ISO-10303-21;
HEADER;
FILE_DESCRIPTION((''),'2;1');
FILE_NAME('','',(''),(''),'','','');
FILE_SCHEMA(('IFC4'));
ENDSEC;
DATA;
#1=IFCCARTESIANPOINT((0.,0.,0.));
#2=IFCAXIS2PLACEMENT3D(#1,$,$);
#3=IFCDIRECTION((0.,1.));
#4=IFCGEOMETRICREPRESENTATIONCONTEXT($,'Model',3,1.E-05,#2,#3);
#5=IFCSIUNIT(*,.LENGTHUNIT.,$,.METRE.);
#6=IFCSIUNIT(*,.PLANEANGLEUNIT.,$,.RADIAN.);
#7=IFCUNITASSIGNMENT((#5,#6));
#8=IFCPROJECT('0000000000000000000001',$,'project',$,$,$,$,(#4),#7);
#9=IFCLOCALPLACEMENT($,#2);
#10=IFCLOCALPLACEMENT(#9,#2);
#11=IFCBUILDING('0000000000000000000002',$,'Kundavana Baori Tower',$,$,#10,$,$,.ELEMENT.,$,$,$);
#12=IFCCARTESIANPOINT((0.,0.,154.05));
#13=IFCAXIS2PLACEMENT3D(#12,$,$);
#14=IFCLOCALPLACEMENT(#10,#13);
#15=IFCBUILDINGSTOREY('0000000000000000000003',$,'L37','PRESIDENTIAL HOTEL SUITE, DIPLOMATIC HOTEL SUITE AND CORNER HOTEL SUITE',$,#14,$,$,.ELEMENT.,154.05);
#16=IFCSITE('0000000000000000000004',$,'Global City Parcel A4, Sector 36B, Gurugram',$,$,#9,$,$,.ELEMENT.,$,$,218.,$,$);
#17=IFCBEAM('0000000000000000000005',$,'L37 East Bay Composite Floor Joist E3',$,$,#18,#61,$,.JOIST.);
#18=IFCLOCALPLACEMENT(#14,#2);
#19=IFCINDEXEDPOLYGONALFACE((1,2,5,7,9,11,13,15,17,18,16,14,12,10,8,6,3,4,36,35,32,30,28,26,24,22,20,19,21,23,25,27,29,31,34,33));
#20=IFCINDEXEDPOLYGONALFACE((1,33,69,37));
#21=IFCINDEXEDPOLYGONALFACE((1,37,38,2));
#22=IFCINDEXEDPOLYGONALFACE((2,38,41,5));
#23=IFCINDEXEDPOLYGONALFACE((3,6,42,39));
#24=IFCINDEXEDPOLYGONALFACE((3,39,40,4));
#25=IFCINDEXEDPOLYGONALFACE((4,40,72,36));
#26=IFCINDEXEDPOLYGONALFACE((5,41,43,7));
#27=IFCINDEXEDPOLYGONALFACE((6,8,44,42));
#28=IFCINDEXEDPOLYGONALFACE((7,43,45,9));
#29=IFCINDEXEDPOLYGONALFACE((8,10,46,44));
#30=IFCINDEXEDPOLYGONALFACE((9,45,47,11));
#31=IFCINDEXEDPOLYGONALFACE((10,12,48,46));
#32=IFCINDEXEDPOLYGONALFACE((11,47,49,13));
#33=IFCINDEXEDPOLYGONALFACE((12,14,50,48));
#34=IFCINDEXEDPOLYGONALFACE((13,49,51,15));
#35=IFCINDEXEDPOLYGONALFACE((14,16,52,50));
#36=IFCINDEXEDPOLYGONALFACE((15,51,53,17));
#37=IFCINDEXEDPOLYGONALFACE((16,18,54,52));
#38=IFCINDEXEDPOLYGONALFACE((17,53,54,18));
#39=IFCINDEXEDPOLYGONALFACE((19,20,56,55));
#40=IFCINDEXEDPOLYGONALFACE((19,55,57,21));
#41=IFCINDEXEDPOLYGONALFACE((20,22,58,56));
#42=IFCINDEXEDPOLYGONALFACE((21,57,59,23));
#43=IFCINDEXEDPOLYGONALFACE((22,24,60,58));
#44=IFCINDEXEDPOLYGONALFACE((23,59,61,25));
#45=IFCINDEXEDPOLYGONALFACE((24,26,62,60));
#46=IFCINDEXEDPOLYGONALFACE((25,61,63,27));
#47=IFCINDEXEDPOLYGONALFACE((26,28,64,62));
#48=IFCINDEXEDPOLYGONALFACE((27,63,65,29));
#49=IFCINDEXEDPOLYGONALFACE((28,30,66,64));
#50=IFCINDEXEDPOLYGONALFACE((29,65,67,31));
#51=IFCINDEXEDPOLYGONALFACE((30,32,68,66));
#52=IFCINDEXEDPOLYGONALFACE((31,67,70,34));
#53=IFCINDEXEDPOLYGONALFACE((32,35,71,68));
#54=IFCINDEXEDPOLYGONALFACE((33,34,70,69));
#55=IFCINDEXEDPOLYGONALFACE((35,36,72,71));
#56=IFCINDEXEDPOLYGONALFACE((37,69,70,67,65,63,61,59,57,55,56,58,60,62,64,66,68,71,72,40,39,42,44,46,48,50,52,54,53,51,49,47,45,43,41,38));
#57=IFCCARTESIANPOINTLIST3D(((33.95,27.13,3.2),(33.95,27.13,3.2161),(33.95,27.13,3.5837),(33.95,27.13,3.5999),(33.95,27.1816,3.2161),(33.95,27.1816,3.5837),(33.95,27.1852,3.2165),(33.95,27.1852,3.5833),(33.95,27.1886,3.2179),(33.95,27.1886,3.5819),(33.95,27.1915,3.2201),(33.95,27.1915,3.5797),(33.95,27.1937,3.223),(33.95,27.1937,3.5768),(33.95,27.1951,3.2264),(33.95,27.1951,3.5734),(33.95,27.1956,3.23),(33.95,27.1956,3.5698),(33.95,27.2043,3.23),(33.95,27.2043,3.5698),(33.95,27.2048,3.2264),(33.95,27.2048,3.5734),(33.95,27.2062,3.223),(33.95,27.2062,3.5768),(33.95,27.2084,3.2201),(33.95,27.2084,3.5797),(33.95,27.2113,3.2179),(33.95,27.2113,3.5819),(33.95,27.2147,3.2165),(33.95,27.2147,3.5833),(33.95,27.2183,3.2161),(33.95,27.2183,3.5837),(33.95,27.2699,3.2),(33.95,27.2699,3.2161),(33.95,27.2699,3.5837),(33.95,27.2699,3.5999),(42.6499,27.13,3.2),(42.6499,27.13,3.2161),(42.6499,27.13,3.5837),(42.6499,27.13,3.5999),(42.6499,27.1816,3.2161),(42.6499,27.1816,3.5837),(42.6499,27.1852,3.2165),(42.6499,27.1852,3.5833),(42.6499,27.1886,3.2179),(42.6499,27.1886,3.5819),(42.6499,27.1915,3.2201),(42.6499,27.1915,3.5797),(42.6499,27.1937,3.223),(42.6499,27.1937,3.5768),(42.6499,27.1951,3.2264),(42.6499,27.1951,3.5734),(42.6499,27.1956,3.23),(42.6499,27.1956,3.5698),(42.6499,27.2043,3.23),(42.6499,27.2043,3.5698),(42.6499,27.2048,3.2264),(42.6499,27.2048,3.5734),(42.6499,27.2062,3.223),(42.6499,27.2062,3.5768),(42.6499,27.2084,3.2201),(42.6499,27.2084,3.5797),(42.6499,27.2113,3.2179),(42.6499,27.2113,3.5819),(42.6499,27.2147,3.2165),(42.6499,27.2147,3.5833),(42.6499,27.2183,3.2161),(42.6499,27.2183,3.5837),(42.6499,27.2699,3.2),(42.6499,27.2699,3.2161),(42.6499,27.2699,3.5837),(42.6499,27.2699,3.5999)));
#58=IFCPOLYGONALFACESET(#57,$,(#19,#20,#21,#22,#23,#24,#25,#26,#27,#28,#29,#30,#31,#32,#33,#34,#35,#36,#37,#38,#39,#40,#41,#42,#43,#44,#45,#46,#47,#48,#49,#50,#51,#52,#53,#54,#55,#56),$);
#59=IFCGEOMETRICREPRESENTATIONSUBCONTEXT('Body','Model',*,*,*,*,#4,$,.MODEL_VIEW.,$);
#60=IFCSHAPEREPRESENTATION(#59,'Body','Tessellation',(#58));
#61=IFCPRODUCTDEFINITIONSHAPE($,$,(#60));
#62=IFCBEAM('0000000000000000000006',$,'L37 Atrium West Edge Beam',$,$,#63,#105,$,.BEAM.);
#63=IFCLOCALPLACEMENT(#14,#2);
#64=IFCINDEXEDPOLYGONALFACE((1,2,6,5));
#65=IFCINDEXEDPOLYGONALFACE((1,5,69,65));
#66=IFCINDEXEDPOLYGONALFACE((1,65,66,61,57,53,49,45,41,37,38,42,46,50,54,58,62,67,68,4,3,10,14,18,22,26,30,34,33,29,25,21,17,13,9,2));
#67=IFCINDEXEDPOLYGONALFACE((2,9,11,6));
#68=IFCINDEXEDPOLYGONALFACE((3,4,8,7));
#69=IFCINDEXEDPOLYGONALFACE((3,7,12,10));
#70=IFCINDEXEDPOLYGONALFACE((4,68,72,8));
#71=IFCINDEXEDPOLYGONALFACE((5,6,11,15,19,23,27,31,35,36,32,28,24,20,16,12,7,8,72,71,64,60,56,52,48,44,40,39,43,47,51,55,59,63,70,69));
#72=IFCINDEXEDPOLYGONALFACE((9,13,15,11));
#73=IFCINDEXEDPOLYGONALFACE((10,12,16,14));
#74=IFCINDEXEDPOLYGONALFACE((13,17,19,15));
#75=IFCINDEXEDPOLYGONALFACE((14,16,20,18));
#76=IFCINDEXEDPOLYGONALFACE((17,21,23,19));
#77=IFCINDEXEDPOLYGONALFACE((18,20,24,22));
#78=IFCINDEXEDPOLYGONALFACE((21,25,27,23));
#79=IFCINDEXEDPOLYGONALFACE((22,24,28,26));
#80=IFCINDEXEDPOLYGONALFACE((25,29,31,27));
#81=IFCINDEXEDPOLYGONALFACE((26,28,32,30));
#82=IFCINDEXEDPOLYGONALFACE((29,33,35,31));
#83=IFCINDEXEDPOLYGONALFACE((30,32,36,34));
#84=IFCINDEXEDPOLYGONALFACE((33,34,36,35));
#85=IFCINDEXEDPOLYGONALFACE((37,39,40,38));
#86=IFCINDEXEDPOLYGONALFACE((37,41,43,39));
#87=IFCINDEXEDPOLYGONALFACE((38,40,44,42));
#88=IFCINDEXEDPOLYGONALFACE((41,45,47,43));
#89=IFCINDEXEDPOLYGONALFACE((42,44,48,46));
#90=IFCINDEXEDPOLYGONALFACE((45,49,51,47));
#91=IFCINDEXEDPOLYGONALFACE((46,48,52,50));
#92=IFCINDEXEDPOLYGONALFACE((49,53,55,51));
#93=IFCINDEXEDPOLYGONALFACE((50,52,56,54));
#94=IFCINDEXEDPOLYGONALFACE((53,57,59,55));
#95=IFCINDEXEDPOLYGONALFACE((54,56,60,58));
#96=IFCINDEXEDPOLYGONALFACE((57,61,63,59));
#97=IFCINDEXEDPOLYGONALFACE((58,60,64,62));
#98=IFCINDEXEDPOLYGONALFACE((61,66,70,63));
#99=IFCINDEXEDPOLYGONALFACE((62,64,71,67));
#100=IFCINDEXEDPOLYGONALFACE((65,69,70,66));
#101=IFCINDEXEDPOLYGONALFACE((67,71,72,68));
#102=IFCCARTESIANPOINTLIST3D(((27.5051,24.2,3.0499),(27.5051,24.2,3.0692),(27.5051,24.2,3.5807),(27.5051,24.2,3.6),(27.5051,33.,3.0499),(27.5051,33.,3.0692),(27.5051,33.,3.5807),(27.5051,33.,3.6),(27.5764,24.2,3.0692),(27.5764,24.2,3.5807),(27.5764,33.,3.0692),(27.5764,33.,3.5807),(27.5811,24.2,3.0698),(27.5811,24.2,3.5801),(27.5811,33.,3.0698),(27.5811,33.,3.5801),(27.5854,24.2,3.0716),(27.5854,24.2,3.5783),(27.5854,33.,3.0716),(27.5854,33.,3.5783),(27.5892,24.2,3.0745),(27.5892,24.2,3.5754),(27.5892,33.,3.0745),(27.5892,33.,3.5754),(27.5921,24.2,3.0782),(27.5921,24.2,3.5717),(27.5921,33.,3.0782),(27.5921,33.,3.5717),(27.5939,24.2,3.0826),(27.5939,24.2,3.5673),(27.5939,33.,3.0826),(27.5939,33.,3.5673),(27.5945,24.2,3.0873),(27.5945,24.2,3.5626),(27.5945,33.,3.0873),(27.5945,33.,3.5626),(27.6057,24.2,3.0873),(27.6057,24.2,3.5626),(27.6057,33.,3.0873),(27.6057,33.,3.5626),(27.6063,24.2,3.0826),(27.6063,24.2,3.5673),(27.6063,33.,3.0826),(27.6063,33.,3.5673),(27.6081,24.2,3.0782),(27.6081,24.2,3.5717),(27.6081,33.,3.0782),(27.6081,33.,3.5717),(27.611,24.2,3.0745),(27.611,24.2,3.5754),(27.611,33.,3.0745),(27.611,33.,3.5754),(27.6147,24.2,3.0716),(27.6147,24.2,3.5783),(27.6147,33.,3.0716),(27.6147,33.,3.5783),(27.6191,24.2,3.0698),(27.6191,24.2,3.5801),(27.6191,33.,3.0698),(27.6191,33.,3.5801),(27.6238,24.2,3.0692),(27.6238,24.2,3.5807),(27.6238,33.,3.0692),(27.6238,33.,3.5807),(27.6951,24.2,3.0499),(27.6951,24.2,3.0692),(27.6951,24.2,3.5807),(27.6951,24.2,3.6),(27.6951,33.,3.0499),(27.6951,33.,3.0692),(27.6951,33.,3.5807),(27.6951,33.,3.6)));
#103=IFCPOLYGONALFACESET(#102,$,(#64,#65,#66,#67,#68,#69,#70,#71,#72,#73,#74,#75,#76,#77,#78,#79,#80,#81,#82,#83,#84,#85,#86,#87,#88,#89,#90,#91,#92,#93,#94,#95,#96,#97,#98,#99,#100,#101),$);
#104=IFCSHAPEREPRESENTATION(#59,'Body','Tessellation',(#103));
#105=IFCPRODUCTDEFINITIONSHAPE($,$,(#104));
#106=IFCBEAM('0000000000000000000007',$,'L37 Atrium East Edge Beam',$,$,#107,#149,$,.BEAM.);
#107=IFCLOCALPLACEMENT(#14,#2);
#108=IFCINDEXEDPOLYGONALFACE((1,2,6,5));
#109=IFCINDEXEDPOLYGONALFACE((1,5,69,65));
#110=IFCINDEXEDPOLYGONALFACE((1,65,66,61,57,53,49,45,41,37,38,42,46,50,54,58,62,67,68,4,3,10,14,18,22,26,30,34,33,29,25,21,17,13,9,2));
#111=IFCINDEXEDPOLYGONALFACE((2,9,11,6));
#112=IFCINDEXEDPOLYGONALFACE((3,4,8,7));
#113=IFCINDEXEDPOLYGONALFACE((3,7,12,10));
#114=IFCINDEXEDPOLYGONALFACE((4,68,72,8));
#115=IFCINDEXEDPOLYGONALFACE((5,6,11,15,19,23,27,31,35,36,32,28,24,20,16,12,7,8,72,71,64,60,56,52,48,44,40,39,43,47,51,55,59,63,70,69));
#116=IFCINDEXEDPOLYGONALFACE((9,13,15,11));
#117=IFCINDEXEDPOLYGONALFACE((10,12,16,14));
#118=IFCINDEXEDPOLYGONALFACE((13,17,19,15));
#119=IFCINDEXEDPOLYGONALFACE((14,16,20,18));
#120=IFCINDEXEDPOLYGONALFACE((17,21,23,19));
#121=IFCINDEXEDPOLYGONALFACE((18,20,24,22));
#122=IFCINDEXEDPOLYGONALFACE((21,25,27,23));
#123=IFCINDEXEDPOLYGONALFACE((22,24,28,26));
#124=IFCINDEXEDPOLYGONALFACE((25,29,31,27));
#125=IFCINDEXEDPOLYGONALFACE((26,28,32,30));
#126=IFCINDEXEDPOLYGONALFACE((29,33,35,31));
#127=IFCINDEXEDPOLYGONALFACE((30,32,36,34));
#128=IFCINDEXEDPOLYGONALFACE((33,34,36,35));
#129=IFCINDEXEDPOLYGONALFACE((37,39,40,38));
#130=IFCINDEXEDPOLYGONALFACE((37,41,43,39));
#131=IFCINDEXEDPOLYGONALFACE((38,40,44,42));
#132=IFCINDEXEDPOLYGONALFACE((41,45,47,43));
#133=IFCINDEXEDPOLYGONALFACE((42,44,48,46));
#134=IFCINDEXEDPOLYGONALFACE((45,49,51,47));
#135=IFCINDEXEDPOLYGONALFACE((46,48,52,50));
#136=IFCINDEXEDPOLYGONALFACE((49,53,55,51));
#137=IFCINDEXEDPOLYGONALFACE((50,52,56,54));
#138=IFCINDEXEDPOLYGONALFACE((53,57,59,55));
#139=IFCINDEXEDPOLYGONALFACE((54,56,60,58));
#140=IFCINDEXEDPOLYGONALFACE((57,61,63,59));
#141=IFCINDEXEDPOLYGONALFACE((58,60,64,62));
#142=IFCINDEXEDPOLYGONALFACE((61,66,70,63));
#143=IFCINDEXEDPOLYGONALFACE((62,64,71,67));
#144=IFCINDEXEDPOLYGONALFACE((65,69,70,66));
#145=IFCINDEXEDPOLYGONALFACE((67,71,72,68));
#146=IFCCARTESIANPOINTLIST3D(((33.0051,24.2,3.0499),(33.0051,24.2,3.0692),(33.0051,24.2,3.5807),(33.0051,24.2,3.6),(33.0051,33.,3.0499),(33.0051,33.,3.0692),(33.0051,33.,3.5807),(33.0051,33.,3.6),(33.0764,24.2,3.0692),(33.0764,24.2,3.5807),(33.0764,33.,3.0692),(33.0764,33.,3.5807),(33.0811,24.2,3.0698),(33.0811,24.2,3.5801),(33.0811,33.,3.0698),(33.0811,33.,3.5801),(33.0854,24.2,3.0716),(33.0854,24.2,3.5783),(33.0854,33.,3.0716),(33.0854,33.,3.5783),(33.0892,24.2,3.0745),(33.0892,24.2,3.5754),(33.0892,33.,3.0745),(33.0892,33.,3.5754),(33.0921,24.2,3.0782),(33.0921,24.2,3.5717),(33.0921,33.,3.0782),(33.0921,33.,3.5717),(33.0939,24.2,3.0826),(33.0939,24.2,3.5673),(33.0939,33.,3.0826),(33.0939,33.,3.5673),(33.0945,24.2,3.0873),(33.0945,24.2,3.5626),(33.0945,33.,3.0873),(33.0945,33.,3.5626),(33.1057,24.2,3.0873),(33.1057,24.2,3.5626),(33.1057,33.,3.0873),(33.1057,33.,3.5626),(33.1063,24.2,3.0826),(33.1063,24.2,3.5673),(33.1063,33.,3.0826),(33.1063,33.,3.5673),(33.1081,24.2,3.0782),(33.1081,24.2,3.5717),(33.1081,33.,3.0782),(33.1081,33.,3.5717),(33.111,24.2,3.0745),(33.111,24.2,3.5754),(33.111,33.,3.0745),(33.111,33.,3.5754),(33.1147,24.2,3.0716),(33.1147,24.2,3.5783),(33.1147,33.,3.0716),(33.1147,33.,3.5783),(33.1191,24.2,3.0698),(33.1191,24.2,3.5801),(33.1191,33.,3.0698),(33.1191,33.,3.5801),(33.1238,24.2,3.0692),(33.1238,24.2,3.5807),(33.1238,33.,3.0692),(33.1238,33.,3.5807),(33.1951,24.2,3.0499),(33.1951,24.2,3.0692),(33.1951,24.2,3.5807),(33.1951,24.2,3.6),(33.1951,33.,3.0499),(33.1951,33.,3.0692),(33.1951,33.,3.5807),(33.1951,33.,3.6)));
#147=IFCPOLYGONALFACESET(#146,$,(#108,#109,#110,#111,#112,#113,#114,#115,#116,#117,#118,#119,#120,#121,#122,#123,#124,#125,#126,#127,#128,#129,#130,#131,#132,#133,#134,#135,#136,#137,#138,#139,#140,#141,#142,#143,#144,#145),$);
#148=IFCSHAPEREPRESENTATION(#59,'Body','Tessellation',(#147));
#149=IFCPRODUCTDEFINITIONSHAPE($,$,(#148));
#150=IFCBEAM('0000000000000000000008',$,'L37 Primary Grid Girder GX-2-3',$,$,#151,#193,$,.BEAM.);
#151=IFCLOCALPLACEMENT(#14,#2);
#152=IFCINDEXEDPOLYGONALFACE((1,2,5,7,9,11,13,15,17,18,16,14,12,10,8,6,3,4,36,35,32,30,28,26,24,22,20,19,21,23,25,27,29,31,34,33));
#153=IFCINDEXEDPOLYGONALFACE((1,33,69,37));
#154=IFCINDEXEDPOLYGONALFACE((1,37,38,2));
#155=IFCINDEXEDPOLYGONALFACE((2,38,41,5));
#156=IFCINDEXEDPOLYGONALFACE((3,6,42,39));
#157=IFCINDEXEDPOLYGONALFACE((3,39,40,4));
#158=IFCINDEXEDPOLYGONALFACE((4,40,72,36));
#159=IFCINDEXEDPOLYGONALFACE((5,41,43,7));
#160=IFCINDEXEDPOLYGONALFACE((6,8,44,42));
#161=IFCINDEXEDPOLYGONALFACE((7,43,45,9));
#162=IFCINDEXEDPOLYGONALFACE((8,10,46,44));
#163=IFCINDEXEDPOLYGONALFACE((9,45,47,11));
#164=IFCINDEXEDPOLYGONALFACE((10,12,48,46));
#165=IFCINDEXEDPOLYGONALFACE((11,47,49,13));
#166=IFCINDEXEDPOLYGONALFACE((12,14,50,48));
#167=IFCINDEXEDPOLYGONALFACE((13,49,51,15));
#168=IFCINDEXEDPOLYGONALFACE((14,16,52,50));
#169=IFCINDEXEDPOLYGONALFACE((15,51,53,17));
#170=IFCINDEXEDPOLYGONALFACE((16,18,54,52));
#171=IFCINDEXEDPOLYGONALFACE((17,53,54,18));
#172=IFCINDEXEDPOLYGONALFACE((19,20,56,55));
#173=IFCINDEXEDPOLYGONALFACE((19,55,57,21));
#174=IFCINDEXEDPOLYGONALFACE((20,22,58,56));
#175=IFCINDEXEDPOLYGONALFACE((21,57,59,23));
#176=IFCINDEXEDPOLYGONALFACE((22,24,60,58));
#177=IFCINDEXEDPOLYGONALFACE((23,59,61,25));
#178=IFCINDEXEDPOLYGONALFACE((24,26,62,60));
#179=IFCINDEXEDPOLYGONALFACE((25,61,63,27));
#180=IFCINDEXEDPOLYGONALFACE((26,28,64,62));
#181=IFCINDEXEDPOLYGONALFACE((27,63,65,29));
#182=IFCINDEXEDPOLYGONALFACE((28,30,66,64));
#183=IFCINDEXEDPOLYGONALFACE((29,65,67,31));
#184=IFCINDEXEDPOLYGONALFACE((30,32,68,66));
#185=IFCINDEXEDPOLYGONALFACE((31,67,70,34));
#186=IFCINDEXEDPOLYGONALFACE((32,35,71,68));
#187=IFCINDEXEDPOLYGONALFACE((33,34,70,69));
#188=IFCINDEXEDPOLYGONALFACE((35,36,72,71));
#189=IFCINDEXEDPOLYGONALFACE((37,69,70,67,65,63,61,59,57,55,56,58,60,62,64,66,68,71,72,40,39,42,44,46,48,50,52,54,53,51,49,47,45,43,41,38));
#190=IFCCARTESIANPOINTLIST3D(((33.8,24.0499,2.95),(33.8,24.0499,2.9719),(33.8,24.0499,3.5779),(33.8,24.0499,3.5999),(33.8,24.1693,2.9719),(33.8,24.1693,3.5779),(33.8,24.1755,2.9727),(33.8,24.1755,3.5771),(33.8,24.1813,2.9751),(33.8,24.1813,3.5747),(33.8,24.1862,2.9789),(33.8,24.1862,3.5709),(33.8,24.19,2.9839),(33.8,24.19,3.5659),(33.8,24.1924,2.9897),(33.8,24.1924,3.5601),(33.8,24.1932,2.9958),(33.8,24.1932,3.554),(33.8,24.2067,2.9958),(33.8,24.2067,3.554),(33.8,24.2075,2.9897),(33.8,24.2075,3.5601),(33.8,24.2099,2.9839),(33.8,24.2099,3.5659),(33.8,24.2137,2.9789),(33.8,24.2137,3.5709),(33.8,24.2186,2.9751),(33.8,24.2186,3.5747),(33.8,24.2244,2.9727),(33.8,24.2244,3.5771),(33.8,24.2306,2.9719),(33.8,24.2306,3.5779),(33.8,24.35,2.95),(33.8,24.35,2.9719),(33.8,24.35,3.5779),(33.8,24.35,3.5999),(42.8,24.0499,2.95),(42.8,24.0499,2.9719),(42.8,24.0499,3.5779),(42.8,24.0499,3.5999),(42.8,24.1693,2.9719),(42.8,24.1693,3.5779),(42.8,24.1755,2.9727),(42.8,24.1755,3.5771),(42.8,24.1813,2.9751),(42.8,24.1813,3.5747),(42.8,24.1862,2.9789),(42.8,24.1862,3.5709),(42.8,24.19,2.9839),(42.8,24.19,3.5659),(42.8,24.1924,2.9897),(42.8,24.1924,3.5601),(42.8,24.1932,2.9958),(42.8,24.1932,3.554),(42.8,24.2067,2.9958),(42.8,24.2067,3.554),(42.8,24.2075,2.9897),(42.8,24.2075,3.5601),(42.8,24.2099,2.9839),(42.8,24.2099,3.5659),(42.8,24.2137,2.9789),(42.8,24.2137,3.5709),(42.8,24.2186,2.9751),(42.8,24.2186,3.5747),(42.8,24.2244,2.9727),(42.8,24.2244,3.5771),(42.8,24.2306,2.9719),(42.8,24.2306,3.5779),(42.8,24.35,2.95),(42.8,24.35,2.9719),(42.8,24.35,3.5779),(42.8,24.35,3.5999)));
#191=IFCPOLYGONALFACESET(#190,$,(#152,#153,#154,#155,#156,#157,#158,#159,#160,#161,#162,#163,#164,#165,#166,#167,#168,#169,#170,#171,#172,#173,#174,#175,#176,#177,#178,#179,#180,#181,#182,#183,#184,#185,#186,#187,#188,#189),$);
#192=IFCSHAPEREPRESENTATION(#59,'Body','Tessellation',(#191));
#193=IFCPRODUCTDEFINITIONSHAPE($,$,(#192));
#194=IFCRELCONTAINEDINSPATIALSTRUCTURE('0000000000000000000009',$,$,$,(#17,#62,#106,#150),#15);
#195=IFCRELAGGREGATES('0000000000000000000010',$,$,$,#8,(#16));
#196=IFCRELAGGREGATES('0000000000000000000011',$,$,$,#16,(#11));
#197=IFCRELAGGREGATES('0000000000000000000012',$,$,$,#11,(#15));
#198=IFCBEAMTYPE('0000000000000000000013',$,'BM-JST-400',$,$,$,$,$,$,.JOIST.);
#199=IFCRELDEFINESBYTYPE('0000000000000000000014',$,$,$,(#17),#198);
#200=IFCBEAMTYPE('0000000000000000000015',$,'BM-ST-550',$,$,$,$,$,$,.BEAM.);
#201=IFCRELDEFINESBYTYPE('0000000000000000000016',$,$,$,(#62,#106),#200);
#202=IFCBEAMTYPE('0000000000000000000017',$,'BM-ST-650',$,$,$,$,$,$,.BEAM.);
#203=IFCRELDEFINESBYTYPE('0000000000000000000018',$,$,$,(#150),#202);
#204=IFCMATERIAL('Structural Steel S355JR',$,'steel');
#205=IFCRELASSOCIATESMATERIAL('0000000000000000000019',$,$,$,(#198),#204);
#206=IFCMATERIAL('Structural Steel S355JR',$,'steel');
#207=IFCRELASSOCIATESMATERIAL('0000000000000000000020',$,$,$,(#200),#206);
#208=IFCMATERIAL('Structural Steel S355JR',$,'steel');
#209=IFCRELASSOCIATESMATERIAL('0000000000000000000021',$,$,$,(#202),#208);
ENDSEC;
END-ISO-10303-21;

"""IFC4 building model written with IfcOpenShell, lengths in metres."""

from ifc_helpers import new_model, si_unit, direction, frame, origin, origin_2d, place, context, subcontext, project, spatial, i_section, extrude, material, material_profile, profile_set, type_object, element, save


model = new_model("IFC4")

# Units and contexts
model_context = context("Model", 3, precision=1e-05, world=origin(), true_north=direction((0.0, 1.0)))
body_context = subcontext(model_context, "Body", "Model", "MODEL_VIEW")
ifc_project = project(units=[si_unit("LENGTHUNIT", "METRE"), si_unit("PLANEANGLEUNIT", "RADIAN")], contexts=[model_context])

# Site, building, storey
site_placement = place(None, origin())
site = spatial("IfcSite", under=ifc_project, at=site_placement, Name="Global City Parcel A4, Sector 36B, Gurugram", CompositionType="ELEMENT", RefElevation=218.0)
building_placement = place(site_placement, origin())
building = spatial("IfcBuilding", under=site, at=building_placement, Name="Kundavana Baori Tower", CompositionType="ELEMENT")
storey_placement = place(building_placement, frame((0.0, 0.0, 154.05)))
storey = spatial("IfcBuildingStorey", under=building, at=storey_placement, Name="L37", Description="PRESIDENTIAL HOTEL SUITE, DIPLOMATIC HOTEL SUITE AND CORNER HOTEL SUITE", CompositionType="ELEMENT", Elevation=154.05)

# Beams
ifc_material_1 = material(Name="Structural Steel S355JR", Category="steel")
ifc_material_profile_1 = material_profile(ifc_material_1, i_section(OverallWidth=0.1399, OverallDepth=0.3999, WebThickness=0.0088, FlangeThickness=0.0161, FilletRadius=0.0139, at=origin_2d()), Name="ISMB 400")
ifc_profile_set_1 = profile_set([ifc_material_profile_1], Name="Structural Steel S355JR")
beam_type_1 = type_object("IfcBeamType", Name="BM-JST-400", PredefinedType="JOIST", material=ifc_profile_set_1)
for number, where, z_axis, x_axis, name in (
    (1, (33.95, 27.2, 3.3999), (1.0, 0.0, 0.0), (0.0, 1.0, 0.0), "L37 East Bay Composite Floor Joist E3"),
):
    element("IfcBeam", number, at=place(storey_placement, frame(where, z_axis=z_axis, x_axis=x_axis)), inside=storey, type_object=beam_type_1, Name=name, PredefinedType="JOIST", context=body_context, shape_type="SweptSolid", body=[
        extrude(i_section(OverallWidth=0.1399, OverallDepth=0.3999, WebThickness=0.0088, FlangeThickness=0.0161, FilletRadius=0.0139, at=origin_2d()), origin(), (0.0, 0.0, 1.0), 8.7),
    ])
ifc_material_2 = material(Name="Structural Steel S355JR", Category="steel")
ifc_material_profile_2 = material_profile(ifc_material_2, i_section(OverallWidth=0.1899, OverallDepth=0.55, WebThickness=0.0112, FlangeThickness=0.0193, FilletRadius=0.0181, at=origin_2d()), Name="ISMB 550")
ifc_profile_set_2 = profile_set([ifc_material_profile_2], Name="Structural Steel S355JR")
beam_type_2 = type_object("IfcBeamType", Name="BM-ST-550", PredefinedType="BEAM", material=ifc_profile_set_2)
for number, where, z_axis, x_axis, name in (
    (2, (27.6001, 24.2, 3.325), (0.0, 1.0, 0.0), (-1.0, 0.0, 0.0), "L37 Atrium West Edge Beam"),
    (3, (33.1001, 24.2, 3.325), (0.0, 1.0, 0.0), (-1.0, 0.0, 0.0), "L37 Atrium East Edge Beam"),
):
    element("IfcBeam", number, at=place(storey_placement, frame(where, z_axis=z_axis, x_axis=x_axis)), inside=storey, type_object=beam_type_2, Name=name, PredefinedType="BEAM", context=body_context, shape_type="SweptSolid", body=[
        extrude(i_section(OverallWidth=0.1899, OverallDepth=0.55, WebThickness=0.0112, FlangeThickness=0.0193, FilletRadius=0.0181, at=origin_2d()), origin(), (0.0, 0.0, 1.0), 8.8),
    ])
ifc_material_3 = material(Name="Structural Steel S355JR", Category="steel")
ifc_material_profile_3 = material_profile(ifc_material_3, i_section(OverallWidth=0.3, OverallDepth=0.6499, WebThickness=0.0134, FlangeThickness=0.022, FilletRadius=0.0239, at=origin_2d()), Name="NPB 650x300x155")
ifc_profile_set_3 = profile_set([ifc_material_profile_3], Name="Structural Steel S355JR")
beam_type_3 = type_object("IfcBeamType", Name="BM-ST-650", PredefinedType="BEAM", material=ifc_profile_set_3)
beam_1_placement = place(storey_placement, frame((33.8, 24.2, 3.2749), z_axis=(1.0, 0.0, 0.0), x_axis=(0.0, 1.0, 0.0)))
element("IfcBeam", 4, at=beam_1_placement, inside=storey, type_object=beam_type_3, Name="L37 Primary Grid Girder GX-2-3", PredefinedType="BEAM", context=body_context, shape_type="SweptSolid", body=[
    extrude(i_section(OverallWidth=0.3, OverallDepth=0.6499, WebThickness=0.0134, FlangeThickness=0.022, FilletRadius=0.0239, at=origin_2d()), origin(), (0.0, 0.0, 1.0), 9.0),
])

save(model, "model.ifc")
